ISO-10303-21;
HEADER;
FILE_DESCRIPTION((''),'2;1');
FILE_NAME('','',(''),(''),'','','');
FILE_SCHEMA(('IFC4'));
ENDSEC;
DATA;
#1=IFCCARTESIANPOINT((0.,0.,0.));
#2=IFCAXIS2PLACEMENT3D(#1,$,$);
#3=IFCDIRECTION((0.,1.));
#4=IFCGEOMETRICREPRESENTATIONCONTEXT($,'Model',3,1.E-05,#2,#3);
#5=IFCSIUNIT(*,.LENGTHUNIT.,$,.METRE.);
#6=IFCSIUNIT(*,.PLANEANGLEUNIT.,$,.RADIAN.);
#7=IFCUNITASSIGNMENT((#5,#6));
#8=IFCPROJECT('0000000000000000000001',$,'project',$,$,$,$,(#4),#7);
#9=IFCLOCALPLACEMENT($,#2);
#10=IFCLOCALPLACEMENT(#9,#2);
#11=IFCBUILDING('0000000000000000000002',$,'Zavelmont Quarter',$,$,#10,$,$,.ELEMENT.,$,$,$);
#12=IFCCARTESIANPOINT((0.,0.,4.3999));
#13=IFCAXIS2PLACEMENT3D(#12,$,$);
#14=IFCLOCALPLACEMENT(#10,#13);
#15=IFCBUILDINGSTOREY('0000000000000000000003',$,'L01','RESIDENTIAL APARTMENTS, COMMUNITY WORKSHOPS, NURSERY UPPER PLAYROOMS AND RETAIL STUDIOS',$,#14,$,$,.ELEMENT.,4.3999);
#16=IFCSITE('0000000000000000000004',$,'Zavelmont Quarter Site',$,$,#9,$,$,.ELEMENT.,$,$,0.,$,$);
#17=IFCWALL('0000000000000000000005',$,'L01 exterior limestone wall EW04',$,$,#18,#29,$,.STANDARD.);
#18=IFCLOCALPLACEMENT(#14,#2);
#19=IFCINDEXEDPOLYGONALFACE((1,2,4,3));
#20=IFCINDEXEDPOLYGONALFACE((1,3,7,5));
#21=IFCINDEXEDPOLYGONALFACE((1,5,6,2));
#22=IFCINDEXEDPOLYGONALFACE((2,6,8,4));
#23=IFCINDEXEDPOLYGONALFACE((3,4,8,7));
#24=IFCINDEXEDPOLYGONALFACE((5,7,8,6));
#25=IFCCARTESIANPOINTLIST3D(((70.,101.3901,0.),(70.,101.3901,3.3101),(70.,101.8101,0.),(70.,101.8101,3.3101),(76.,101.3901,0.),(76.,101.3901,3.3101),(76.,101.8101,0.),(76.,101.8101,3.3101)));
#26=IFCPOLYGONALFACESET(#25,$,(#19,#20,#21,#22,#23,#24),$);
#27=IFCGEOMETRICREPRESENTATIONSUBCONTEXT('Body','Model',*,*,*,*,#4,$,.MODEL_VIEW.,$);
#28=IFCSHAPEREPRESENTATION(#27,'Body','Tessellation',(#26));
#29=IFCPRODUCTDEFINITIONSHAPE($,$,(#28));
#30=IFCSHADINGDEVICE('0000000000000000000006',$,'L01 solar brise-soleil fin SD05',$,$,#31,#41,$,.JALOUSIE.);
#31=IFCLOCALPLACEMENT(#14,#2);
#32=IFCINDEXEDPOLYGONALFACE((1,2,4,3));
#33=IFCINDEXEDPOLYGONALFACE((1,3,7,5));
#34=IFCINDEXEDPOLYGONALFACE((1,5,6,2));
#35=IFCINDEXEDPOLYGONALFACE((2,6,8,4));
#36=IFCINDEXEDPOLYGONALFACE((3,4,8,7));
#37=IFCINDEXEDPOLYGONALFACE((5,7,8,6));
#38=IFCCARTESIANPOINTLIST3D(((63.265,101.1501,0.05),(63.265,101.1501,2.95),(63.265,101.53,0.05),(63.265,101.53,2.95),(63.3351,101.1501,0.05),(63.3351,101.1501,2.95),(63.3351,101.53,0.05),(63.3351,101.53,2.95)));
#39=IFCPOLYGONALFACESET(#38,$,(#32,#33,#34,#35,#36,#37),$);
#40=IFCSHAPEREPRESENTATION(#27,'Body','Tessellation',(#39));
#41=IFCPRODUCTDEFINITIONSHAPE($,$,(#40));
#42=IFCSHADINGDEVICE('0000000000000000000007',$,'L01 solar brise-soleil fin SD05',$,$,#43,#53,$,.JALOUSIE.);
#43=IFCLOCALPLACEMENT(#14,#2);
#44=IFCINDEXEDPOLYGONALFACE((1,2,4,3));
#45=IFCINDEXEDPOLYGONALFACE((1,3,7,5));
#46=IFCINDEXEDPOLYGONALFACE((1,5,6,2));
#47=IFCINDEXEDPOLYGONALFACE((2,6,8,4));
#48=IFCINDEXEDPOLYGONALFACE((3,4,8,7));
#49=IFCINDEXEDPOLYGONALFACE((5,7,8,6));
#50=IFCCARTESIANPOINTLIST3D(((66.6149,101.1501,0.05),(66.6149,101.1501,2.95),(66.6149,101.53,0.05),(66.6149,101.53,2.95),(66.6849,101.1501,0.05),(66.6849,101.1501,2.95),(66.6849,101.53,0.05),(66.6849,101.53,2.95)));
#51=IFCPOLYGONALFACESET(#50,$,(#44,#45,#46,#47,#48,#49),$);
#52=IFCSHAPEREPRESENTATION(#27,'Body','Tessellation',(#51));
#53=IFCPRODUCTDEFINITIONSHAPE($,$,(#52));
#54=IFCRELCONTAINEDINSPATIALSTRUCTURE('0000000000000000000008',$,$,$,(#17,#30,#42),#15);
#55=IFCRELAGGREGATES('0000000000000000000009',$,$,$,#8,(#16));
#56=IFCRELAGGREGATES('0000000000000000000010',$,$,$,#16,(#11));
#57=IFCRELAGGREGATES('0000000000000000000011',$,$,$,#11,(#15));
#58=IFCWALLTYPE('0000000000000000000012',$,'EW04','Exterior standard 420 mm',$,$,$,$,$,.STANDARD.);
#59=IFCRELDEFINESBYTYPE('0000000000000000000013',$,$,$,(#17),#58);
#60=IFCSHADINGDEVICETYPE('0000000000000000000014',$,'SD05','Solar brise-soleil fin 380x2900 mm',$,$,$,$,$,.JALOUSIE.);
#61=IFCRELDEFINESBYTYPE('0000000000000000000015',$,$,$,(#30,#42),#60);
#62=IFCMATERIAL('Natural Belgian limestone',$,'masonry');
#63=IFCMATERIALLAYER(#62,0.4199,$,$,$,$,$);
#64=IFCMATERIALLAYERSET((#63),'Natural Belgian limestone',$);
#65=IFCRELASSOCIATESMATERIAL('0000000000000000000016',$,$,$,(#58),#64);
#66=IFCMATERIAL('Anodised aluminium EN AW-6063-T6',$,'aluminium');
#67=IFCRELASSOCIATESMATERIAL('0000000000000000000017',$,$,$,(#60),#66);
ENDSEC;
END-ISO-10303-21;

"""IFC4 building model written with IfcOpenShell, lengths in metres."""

from ifc_helpers import new_model, si_unit, direction, frame, frame_2d, origin, origin_2d, place, context, subcontext, project, spatial, rectangle, extrude, material, layer, layer_set, type_object, element, save


model = new_model("IFC4")

# Units and contexts
model_context = context("Model", 3, precision=1e-05, world=origin(), true_north=direction((0.0, 1.0)))
body_context = subcontext(model_context, "Body", "Model", "MODEL_VIEW")
ifc_project = project(units=[si_unit("LENGTHUNIT", "METRE"), si_unit("PLANEANGLEUNIT", "RADIAN")], contexts=[model_context])

# Site, building, storey
site_placement = place(None, origin())
site = spatial("IfcSite", under=ifc_project, at=site_placement, Name="Zavelmont Quarter Site", CompositionType="ELEMENT", RefElevation=0.0)
building_placement = place(site_placement, origin())
building = spatial("IfcBuilding", under=site, at=building_placement, Name="Zavelmont Quarter", CompositionType="ELEMENT")
storey_placement = place(building_placement, frame((0.0, 0.0, 4.3999)))
storey = spatial("IfcBuildingStorey", under=building, at=storey_placement, Name="L01", Description="RESIDENTIAL APARTMENTS, COMMUNITY WORKSHOPS, NURSERY UPPER PLAYROOMS AND RETAIL STUDIOS", CompositionType="ELEMENT", Elevation=4.3999)

# Wall
ifc_material_1 = material(Name="Natural Belgian limestone", Category="masonry")
ifc_layer_1 = layer(ifc_material_1, 0.4199)
ifc_layer_set_1 = layer_set([ifc_layer_1], Name="Natural Belgian limestone")
wall_type = type_object("IfcWallType", Name="EW04", Description="Exterior standard 420 mm", PredefinedType="STANDARD", material=ifc_layer_set_1)
wall_placement = place(storey_placement, frame((70.0, 101.6001, 0.0), z_axis=(0.0, 0.0, 1.0), x_axis=(1.0, 0.0, 0.0)))
element("IfcWall", 1, at=wall_placement, inside=storey, type_object=wall_type, Name="L01 exterior limestone wall EW04", PredefinedType="STANDARD", context=body_context, shape_type="SweptSolid", body=[
    extrude(rectangle(XDim=6.0, YDim=0.4199, at=frame_2d((3.0, 0.0))), origin(), (0.0, 0.0, 1.0), 3.3101),
])

# Shading devices
ifc_material_2 = material(Name="Anodised aluminium EN AW-6063-T6", Category="aluminium")
shading_device_type = type_object("IfcShadingDeviceType", Name="SD05", Description="Solar brise-soleil fin 380x2900 mm", PredefinedType="JALOUSIE", material=ifc_material_2)
for number, where, z_axis, x_axis, name in (
    (2, (63.3, 101.3401, 0.05), (0.0, 0.0, 1.0), (1.0, 0.0, 0.0), "L01 solar brise-soleil fin SD05"),
    (3, (66.6499, 101.3401, 0.05), (0.0, 0.0, 1.0), (1.0, 0.0, 0.0), "L01 solar brise-soleil fin SD05"),
):
    element("IfcShadingDevice", number, at=place(storey_placement, frame(where, z_axis=z_axis, x_axis=x_axis)), inside=storey, type_object=shading_device_type, Name=name, PredefinedType="JALOUSIE", context=body_context, shape_type="SweptSolid", body=[
        extrude(rectangle(XDim=0.0701, YDim=0.3799, at=origin_2d()), origin(), (0.0, 0.0, 1.0), 2.8999),
    ])

save(model, "model.ifc")
